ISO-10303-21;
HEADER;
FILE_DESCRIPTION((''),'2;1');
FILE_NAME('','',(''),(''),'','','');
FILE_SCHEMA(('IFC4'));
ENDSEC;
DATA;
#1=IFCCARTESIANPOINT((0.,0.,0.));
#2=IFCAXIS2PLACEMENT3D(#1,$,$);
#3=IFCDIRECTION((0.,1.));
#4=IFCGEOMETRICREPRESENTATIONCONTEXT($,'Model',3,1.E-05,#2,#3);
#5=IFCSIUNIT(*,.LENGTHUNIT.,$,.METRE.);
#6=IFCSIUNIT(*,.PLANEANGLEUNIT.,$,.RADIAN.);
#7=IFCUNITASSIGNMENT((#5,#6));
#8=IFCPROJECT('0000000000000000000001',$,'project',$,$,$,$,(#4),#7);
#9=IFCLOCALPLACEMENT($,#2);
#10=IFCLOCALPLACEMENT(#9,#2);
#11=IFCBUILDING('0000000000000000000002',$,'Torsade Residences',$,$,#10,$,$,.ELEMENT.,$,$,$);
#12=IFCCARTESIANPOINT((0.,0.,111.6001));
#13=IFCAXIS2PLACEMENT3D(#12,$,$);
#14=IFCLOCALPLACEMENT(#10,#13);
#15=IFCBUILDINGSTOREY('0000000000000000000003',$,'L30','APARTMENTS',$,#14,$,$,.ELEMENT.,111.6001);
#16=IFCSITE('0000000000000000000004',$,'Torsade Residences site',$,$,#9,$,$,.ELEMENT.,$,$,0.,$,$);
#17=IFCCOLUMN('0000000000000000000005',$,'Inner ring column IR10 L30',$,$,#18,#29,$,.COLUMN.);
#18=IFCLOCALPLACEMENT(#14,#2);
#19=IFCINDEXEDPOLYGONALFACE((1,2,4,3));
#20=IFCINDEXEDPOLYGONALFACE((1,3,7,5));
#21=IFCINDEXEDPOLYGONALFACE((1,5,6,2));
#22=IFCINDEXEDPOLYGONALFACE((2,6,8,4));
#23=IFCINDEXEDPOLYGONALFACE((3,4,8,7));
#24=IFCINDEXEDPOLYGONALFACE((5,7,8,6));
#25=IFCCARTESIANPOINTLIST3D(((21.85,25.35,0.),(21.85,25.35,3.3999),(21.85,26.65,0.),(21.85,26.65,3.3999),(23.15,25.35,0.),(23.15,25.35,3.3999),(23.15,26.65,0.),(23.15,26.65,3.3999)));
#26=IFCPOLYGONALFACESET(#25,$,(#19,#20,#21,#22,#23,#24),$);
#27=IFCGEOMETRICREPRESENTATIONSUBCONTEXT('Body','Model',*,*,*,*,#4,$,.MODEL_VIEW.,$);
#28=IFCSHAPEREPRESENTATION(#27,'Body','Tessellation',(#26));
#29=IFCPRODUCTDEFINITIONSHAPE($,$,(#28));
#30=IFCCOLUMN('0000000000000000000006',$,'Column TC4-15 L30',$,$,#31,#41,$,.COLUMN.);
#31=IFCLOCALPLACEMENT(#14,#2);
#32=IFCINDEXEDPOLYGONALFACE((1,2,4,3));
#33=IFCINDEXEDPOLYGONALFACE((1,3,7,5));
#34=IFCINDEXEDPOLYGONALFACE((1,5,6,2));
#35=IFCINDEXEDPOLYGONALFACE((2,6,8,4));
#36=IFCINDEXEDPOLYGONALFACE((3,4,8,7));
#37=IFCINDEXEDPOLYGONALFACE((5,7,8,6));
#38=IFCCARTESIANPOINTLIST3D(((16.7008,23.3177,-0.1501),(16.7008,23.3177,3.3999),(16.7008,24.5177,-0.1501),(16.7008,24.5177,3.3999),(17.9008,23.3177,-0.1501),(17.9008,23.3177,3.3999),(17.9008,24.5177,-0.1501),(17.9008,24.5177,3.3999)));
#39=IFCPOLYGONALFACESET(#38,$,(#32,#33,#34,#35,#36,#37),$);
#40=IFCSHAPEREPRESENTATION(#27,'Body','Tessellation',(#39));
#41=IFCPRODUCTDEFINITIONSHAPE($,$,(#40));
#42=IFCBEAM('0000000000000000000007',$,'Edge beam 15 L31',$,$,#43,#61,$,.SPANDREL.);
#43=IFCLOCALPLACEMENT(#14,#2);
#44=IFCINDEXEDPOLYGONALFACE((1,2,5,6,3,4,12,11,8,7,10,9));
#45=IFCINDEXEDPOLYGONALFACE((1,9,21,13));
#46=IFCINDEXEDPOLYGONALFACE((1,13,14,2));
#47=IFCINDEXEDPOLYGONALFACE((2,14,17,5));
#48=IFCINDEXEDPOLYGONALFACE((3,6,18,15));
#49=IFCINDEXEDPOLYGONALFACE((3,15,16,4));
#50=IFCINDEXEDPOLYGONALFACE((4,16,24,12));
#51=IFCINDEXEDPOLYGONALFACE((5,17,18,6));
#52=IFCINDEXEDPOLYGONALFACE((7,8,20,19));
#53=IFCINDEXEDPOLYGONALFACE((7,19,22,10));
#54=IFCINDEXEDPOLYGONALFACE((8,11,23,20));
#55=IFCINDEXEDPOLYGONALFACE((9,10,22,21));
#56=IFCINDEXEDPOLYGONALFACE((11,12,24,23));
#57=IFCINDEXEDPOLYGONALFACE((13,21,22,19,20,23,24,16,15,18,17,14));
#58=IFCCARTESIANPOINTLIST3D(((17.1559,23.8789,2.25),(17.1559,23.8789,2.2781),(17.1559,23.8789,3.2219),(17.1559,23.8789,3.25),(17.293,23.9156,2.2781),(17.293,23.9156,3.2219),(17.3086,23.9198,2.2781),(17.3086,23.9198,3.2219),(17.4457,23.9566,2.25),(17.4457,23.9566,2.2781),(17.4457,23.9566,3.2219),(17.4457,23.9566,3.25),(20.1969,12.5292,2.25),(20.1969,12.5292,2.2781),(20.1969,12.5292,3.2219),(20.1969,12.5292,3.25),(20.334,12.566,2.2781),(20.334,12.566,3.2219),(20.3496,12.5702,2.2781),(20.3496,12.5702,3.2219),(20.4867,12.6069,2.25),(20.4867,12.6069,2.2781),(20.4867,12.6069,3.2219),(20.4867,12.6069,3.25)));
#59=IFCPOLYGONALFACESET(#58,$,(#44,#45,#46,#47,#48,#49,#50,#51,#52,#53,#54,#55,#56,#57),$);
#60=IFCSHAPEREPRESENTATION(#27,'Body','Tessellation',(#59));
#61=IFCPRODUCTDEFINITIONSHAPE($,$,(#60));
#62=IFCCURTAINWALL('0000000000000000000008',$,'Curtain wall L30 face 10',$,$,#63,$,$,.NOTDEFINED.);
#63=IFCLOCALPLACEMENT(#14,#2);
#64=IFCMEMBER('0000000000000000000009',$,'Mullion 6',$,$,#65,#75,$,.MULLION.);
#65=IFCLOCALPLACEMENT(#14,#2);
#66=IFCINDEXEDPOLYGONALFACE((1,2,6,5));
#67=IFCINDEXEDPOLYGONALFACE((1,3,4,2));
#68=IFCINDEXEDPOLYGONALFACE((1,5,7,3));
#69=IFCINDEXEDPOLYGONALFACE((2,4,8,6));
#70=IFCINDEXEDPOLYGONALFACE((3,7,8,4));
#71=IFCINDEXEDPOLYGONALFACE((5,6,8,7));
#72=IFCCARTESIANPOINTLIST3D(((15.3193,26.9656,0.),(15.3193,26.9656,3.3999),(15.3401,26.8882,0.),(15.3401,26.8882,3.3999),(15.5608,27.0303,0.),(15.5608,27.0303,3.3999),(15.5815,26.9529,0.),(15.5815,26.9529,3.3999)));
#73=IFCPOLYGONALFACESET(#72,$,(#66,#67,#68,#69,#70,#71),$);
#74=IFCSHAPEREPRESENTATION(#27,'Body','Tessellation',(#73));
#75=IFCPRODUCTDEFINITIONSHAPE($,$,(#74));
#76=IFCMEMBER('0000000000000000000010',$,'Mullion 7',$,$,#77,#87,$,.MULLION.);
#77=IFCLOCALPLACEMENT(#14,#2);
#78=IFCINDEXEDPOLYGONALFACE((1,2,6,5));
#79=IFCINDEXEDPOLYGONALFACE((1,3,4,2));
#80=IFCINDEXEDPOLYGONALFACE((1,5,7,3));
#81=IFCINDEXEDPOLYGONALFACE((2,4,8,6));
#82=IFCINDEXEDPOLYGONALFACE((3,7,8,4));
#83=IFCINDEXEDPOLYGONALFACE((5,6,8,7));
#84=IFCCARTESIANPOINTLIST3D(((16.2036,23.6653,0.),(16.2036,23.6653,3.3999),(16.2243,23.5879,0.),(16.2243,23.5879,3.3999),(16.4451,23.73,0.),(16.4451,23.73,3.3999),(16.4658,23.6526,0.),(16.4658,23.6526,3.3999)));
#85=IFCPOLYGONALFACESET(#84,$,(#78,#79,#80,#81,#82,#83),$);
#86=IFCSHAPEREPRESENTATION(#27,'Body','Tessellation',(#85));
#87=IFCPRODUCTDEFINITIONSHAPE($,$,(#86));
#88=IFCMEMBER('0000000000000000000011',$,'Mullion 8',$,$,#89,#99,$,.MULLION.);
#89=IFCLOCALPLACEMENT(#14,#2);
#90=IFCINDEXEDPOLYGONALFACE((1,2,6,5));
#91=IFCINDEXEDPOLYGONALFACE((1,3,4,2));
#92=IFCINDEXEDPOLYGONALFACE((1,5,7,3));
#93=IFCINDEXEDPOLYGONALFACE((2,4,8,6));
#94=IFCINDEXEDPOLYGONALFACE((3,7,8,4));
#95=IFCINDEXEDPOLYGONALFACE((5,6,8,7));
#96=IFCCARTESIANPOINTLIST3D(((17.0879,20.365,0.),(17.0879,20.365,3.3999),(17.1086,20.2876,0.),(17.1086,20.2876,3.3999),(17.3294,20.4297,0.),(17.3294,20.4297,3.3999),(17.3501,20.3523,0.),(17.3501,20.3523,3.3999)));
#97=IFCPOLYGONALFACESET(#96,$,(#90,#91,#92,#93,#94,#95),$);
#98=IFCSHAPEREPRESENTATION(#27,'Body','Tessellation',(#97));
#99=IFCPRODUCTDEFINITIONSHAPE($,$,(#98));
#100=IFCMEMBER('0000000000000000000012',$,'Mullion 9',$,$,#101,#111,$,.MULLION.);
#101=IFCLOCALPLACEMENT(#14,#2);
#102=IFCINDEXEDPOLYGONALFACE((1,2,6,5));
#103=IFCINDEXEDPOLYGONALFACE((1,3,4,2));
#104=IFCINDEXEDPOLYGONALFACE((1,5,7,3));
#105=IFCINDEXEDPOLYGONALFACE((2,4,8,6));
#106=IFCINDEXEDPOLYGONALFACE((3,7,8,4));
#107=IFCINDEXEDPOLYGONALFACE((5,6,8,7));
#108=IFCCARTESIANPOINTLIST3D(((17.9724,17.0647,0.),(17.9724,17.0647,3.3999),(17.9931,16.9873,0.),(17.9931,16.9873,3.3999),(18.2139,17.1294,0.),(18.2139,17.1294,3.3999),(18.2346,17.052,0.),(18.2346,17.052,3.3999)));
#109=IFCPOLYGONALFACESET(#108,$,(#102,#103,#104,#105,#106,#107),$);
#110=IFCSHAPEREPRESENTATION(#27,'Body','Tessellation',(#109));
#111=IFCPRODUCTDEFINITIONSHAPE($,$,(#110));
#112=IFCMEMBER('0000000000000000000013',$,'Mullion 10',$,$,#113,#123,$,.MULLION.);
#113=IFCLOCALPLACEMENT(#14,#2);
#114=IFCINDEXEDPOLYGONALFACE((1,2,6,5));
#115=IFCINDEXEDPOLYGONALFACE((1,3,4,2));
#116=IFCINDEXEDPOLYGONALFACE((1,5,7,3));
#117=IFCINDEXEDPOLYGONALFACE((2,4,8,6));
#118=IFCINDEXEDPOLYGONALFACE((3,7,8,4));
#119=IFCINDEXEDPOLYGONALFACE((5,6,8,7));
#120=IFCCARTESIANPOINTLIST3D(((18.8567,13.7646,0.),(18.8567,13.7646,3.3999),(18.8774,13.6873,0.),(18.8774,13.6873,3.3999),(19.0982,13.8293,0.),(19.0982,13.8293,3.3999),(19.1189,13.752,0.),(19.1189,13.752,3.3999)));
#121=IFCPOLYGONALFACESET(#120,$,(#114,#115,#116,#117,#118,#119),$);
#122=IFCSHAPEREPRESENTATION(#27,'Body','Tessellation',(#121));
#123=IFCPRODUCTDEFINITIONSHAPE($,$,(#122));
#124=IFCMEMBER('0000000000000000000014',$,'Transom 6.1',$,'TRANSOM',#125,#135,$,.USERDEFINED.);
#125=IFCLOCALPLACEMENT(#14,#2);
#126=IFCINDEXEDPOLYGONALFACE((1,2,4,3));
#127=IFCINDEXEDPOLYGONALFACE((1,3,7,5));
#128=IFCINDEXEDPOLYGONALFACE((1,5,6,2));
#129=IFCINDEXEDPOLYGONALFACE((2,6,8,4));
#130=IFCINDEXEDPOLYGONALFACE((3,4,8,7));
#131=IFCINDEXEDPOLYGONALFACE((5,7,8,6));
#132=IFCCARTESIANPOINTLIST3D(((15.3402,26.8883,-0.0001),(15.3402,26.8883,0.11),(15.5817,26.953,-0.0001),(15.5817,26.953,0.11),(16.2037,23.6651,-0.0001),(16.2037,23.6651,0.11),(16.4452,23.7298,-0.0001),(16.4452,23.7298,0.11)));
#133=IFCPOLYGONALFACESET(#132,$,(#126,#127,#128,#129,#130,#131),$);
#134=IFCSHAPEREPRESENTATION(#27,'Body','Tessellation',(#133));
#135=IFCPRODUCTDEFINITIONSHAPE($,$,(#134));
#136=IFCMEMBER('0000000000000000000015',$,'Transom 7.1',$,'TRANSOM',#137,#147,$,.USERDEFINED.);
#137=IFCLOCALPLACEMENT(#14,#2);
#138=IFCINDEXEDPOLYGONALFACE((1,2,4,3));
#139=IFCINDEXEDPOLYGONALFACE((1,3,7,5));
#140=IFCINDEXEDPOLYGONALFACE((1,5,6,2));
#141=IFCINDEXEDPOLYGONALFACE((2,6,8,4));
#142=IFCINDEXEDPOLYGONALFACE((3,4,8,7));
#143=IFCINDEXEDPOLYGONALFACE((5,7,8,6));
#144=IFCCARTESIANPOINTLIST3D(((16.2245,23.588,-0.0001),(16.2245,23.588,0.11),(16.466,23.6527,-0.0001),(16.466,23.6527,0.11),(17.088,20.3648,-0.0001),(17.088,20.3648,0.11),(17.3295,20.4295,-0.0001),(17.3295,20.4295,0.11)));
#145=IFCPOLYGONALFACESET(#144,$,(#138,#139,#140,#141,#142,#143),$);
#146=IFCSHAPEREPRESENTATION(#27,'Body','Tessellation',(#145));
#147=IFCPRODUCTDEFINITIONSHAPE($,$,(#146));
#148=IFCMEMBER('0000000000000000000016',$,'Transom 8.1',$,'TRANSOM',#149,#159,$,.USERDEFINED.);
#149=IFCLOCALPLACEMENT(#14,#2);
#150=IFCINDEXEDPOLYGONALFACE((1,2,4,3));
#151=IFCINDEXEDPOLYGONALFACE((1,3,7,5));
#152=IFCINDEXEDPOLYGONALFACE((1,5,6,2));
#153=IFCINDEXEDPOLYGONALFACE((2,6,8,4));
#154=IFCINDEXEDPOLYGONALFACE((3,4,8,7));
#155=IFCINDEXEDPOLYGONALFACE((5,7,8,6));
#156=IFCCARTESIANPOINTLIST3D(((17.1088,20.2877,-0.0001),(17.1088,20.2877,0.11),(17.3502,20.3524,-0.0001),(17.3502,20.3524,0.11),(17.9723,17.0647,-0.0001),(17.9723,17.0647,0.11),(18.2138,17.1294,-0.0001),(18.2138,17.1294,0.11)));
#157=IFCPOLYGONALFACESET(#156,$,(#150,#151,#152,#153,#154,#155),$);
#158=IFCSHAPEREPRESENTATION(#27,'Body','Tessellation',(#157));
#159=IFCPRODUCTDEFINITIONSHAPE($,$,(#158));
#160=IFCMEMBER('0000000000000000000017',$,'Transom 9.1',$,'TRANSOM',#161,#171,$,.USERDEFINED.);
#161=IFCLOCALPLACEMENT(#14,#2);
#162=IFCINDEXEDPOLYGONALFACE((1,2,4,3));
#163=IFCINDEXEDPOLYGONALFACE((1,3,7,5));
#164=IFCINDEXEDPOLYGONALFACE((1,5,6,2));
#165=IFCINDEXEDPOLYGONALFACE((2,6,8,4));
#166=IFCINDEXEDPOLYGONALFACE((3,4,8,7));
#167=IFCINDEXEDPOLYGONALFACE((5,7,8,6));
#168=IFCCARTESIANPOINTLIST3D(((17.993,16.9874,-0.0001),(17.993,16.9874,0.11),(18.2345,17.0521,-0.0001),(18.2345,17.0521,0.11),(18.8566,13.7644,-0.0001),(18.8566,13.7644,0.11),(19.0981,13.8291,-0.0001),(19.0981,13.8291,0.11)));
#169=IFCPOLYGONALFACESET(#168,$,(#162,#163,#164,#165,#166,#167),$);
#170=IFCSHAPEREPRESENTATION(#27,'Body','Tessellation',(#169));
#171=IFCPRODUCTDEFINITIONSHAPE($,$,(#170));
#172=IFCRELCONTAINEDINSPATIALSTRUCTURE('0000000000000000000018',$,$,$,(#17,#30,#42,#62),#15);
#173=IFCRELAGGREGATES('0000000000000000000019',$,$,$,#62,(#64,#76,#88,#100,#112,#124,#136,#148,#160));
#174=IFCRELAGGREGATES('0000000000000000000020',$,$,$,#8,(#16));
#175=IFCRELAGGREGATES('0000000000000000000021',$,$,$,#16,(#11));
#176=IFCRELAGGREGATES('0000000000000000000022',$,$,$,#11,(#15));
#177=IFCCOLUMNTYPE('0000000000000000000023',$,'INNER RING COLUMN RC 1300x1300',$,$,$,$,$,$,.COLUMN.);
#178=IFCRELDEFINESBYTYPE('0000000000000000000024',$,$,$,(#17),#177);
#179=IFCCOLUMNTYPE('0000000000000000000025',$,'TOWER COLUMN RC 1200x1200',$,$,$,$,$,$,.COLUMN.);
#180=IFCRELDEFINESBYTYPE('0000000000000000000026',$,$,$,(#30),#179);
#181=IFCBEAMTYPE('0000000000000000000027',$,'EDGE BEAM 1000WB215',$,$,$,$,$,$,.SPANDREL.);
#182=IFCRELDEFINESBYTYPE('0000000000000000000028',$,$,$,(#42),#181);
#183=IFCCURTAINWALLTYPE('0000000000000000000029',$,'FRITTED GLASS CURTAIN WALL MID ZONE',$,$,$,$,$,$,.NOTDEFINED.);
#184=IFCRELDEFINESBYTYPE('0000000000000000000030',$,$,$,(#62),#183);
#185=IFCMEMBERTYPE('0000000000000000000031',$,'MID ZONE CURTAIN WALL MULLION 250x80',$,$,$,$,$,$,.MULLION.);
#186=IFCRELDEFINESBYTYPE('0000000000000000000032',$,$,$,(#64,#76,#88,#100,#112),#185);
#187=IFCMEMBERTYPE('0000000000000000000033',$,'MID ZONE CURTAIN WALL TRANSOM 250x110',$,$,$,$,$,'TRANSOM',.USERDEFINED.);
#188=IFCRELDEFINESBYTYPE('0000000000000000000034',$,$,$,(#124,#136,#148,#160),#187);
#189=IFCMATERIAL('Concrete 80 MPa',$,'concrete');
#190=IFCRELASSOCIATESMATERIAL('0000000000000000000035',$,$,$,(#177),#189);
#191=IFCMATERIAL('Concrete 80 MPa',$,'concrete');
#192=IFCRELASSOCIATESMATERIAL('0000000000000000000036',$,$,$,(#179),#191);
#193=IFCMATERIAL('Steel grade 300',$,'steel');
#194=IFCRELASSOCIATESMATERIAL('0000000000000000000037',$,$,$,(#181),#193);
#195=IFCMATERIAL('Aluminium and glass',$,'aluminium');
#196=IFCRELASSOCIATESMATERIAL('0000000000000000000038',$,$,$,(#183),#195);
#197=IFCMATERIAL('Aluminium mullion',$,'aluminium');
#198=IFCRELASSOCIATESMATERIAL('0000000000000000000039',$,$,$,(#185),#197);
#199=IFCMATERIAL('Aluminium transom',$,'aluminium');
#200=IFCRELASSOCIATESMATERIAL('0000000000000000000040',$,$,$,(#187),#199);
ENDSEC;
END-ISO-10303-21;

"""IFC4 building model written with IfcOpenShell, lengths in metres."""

from ifc_helpers import new_model, si_unit, direction, frame, origin, origin_2d, place, context, subcontext, project, spatial, rectangle, i_section, extrude, material, material_profile, profile_set, type_object, element, aggregate, save


model = new_model("IFC4")

# Units and contexts
model_context = context("Model", 3, precision=1e-05, world=origin(), true_north=direction((0.0, 1.0)))
body_context = subcontext(model_context, "Body", "Model", "MODEL_VIEW")
ifc_project = project(units=[si_unit("LENGTHUNIT", "METRE"), si_unit("PLANEANGLEUNIT", "RADIAN")], contexts=[model_context])

# Site, building, storey
site_placement = place(None, origin())
site = spatial("IfcSite", under=ifc_project, at=site_placement, Name="Torsade Residences site", CompositionType="ELEMENT", RefElevation=0.0)
building_placement = place(site_placement, origin())
building = spatial("IfcBuilding", under=site, at=building_placement, Name="Torsade Residences", CompositionType="ELEMENT")
storey_placement = place(building_placement, frame((0.0, 0.0, 111.6001)))
storey = spatial("IfcBuildingStorey", under=building, at=storey_placement, Name="L30", Description="APARTMENTS", CompositionType="ELEMENT", Elevation=111.6001)

# Columns
ifc_material_1 = material(Name="Concrete 80 MPa", Category="concrete")
ifc_material_profile_1 = material_profile(ifc_material_1, rectangle(XDim=1.3, YDim=1.3, at=origin_2d()), Name="RC 1300x1300")
ifc_profile_set_1 = profile_set([ifc_material_profile_1], Name="Concrete 80 MPa")
column_type_1 = type_object("IfcColumnType", Name="INNER RING COLUMN RC 1300x1300", PredefinedType="COLUMN", material=ifc_profile_set_1)
column_1_placement = place(storey_placement, frame((22.5, 26.0, 0.0), z_axis=(0.0, 0.0, 1.0), x_axis=(1.0, 0.0, 0.0)))
element("IfcColumn", 1, at=column_1_placement, inside=storey, type_object=column_type_1, Name="Inner ring column IR10 L30", PredefinedType="COLUMN", context=body_context, shape_type="SweptSolid", body=[
    extrude(rectangle(XDim=1.3, YDim=1.3, at=origin_2d()), origin(), (0.0, 0.0, 1.0), 3.3999),
])
ifc_material_2 = material(Name="Concrete 80 MPa", Category="concrete")
ifc_material_profile_2 = material_profile(ifc_material_2, rectangle(XDim=1.2, YDim=1.2, at=origin_2d()), Name="RC 1200x1200")
ifc_profile_set_2 = profile_set([ifc_material_profile_2], Name="Concrete 80 MPa")
column_type_2 = type_object("IfcColumnType", Name="TOWER COLUMN RC 1200x1200", PredefinedType="COLUMN", material=ifc_profile_set_2)
column_2_placement = place(storey_placement, frame((17.3008, 23.9177, -0.1501), z_axis=(0.0, 0.0, 1.0), x_axis=(1.0, 0.0, 0.0)))
element("IfcColumn", 2, at=column_2_placement, inside=storey, type_object=column_type_2, Name="Column TC4-15 L30", PredefinedType="COLUMN", context=body_context, shape_type="SweptSolid", body=[
    extrude(rectangle(XDim=1.2, YDim=1.2, at=origin_2d()), origin(), (0.0, 0.0, 1.0), 3.55),
])

# Beam
ifc_material_3 = material(Name="Steel grade 300", Category="steel")
ifc_material_profile_3 = material_profile(ifc_material_3, i_section(OverallWidth=0.3, OverallDepth=1.0, WebThickness=0.0161, FlangeThickness=0.0281, at=origin_2d()), Name="1000WB215")
ifc_profile_set_3 = profile_set([ifc_material_profile_3], Name="Steel grade 300")
beam_type_1 = type_object("IfcBeamType", Name="EDGE BEAM 1000WB215", PredefinedType="SPANDREL", material=ifc_profile_set_3)
beam_1_placement = place(storey_placement, frame((17.3008, 23.9177, 2.75), z_axis=(0.258811, -0.965928, 0.0), x_axis=(0.965928, 0.258811, 0.0)))
element("IfcBeam", 3, at=beam_1_placement, inside=storey, type_object=beam_type_1, Name="Edge beam 15 L31", PredefinedType="SPANDREL", context=body_context, shape_type="SweptSolid", body=[
    extrude(i_section(OverallWidth=0.3, OverallDepth=1.0, WebThickness=0.0161, FlangeThickness=0.0281, at=origin_2d()), origin(), (0.0, 0.0, 1.0), 11.75),
])

# Curtain wall, members
ifc_material_4 = material(Name="Aluminium and glass", Category="aluminium")
curtain_wall_type = type_object("IfcCurtainWallType", Name="FRITTED GLASS CURTAIN WALL MID ZONE", PredefinedType="NOTDEFINED", material=ifc_material_4)
curtain_wall_placement = place(storey_placement, origin())
curtain_wall = element("IfcCurtainWall", 4, at=curtain_wall_placement, inside=storey, type_object=curtain_wall_type, Name="Curtain wall L30 face 10", PredefinedType="NOTDEFINED")
ifc_material_5 = material(Name="Aluminium mullion", Category="aluminium")
ifc_material_profile_4 = material_profile(ifc_material_5, rectangle(XDim=0.25, YDim=0.0801, at=origin_2d()), Name="MID ZONE CURTAIN WALL MULLION 250x80")
ifc_profile_set_4 = profile_set([ifc_material_profile_4], Name="Aluminium mullion")
member_type_1 = type_object("IfcMemberType", Name="MID ZONE CURTAIN WALL MULLION 250x80", PredefinedType="MULLION", material=ifc_profile_set_4)
member_1_placement = place(storey_placement, frame((15.4504, 26.9592, 0.0), z_axis=(0.0, 0.0, 1.0), x_axis=(0.965926, 0.258819, 0.0)))
member_1 = element("IfcMember", 5, at=member_1_placement, type_object=member_type_1, Name="Mullion 6", PredefinedType="MULLION", context=body_context, shape_type="SweptSolid", body=[
    extrude(rectangle(XDim=0.25, YDim=0.0801, at=origin_2d()), origin(), (0.0, 0.0, 1.0), 3.3999),
])
member_2_placement = place(storey_placement, frame((16.3347, 23.6589, 0.0), z_axis=(0.0, 0.0, 1.0), x_axis=(0.965926, 0.258819, 0.0)))
member_2 = element("IfcMember", 6, at=member_2_placement, type_object=member_type_1, Name="Mullion 7", PredefinedType="MULLION", context=body_context, shape_type="SweptSolid", body=[
    extrude(rectangle(XDim=0.25, YDim=0.0801, at=origin_2d()), origin(), (0.0, 0.0, 1.0), 3.3999),
])
member_3_placement = place(storey_placement, frame((17.219, 20.3586, 0.0), z_axis=(0.0, 0.0, 1.0), x_axis=(0.965926, 0.258819, 0.0)))
member_3 = element("IfcMember", 7, at=member_3_placement, type_object=member_type_1, Name="Mullion 8", PredefinedType="MULLION", context=body_context, shape_type="SweptSolid", body=[
    extrude(rectangle(XDim=0.25, YDim=0.0801, at=origin_2d()), origin(), (0.0, 0.0, 1.0), 3.3999),
])
member_4_placement = place(storey_placement, frame((18.1035, 17.0583, 0.0), z_axis=(0.0, 0.0, 1.0), x_axis=(0.965926, 0.258819, 0.0)))
member_4 = element("IfcMember", 8, at=member_4_placement, type_object=member_type_1, Name="Mullion 9", PredefinedType="MULLION", context=body_context, shape_type="SweptSolid", body=[
    extrude(rectangle(XDim=0.25, YDim=0.0801, at=origin_2d()), origin(), (0.0, 0.0, 1.0), 3.3999),
])
member_5_placement = place(storey_placement, frame((18.9878, 13.7583, 0.0), z_axis=(0.0, 0.0, 1.0), x_axis=(0.965926, 0.258819, 0.0)))
member_5 = element("IfcMember", 9, at=member_5_placement, type_object=member_type_1, Name="Mullion 10", PredefinedType="MULLION", context=body_context, shape_type="SweptSolid", body=[
    extrude(rectangle(XDim=0.25, YDim=0.0801, at=origin_2d()), origin(), (0.0, 0.0, 1.0), 3.3999),
])
ifc_material_6 = material(Name="Aluminium transom", Category="aluminium")
ifc_material_profile_5 = material_profile(ifc_material_6, rectangle(XDim=0.25, YDim=0.1101, at=origin_2d()), Name="MID ZONE CURTAIN WALL TRANSOM 250x110")
ifc_profile_set_5 = profile_set([ifc_material_profile_5], Name="Aluminium transom")
member_type_2 = type_object("IfcMemberType", Name="MID ZONE CURTAIN WALL TRANSOM 250x110", ElementType="TRANSOM", PredefinedType="USERDEFINED", material=ifc_profile_set_5)
member_6_placement = place(storey_placement, frame((15.4609, 26.9207, 0.0549), z_axis=(0.258787, -0.965934, 0.0), x_axis=(0.965934, 0.258787, 0.0)))
member_6 = element("IfcMember", 10, at=member_6_placement, type_object=member_type_2, Name="Transom 6.1", ObjectType="TRANSOM", PredefinedType="USERDEFINED", context=body_context, shape_type="SweptSolid", body=[
    extrude(rectangle(XDim=0.25, YDim=0.1101, at=origin_2d()), origin(), (0.0, 0.0, 1.0), 3.3369),
])
member_7_placement = place(storey_placement, frame((16.3452, 23.6204, 0.0549), z_axis=(0.258787, -0.965934, 0.0), x_axis=(0.965934, 0.258787, 0.0)))
member_7 = element("IfcMember", 11, at=member_7_placement, type_object=member_type_2, Name="Transom 7.1", ObjectType="TRANSOM", PredefinedType="USERDEFINED", context=body_context, shape_type="SweptSolid", body=[
    extrude(rectangle(XDim=0.25, YDim=0.1101, at=origin_2d()), origin(), (0.0, 0.0, 1.0), 3.3369),
])
member_8_placement = place(storey_placement, frame((17.2295, 20.3201, 0.0549), z_axis=(0.258806, -0.965929, 0.0), x_axis=(0.965929, 0.258806, 0.0)))
member_8 = element("IfcMember", 12, at=member_8_placement, type_object=member_type_2, Name="Transom 8.1", ObjectType="TRANSOM", PredefinedType="USERDEFINED", context=body_context, shape_type="SweptSolid", body=[
    extrude(rectangle(XDim=0.25, YDim=0.1101, at=origin_2d()), origin(), (0.0, 0.0, 1.0), 3.3367),
])
member_9_placement = place(storey_placement, frame((18.1138, 17.0198, 0.0549), z_axis=(0.258806, -0.965929, 0.0), x_axis=(0.965929, 0.258806, 0.0)))
member_9 = element("IfcMember", 13, at=member_9_placement, type_object=member_type_2, Name="Transom 9.1", ObjectType="TRANSOM", PredefinedType="USERDEFINED", context=body_context, shape_type="SweptSolid", body=[
    extrude(rectangle(XDim=0.25, YDim=0.1101, at=origin_2d()), origin(), (0.0, 0.0, 1.0), 3.3367),
])

aggregate(curtain_wall, [member_1, member_2, member_3, member_4, member_5, member_6, member_7, member_8, member_9])

save(model, "model.ifc")
